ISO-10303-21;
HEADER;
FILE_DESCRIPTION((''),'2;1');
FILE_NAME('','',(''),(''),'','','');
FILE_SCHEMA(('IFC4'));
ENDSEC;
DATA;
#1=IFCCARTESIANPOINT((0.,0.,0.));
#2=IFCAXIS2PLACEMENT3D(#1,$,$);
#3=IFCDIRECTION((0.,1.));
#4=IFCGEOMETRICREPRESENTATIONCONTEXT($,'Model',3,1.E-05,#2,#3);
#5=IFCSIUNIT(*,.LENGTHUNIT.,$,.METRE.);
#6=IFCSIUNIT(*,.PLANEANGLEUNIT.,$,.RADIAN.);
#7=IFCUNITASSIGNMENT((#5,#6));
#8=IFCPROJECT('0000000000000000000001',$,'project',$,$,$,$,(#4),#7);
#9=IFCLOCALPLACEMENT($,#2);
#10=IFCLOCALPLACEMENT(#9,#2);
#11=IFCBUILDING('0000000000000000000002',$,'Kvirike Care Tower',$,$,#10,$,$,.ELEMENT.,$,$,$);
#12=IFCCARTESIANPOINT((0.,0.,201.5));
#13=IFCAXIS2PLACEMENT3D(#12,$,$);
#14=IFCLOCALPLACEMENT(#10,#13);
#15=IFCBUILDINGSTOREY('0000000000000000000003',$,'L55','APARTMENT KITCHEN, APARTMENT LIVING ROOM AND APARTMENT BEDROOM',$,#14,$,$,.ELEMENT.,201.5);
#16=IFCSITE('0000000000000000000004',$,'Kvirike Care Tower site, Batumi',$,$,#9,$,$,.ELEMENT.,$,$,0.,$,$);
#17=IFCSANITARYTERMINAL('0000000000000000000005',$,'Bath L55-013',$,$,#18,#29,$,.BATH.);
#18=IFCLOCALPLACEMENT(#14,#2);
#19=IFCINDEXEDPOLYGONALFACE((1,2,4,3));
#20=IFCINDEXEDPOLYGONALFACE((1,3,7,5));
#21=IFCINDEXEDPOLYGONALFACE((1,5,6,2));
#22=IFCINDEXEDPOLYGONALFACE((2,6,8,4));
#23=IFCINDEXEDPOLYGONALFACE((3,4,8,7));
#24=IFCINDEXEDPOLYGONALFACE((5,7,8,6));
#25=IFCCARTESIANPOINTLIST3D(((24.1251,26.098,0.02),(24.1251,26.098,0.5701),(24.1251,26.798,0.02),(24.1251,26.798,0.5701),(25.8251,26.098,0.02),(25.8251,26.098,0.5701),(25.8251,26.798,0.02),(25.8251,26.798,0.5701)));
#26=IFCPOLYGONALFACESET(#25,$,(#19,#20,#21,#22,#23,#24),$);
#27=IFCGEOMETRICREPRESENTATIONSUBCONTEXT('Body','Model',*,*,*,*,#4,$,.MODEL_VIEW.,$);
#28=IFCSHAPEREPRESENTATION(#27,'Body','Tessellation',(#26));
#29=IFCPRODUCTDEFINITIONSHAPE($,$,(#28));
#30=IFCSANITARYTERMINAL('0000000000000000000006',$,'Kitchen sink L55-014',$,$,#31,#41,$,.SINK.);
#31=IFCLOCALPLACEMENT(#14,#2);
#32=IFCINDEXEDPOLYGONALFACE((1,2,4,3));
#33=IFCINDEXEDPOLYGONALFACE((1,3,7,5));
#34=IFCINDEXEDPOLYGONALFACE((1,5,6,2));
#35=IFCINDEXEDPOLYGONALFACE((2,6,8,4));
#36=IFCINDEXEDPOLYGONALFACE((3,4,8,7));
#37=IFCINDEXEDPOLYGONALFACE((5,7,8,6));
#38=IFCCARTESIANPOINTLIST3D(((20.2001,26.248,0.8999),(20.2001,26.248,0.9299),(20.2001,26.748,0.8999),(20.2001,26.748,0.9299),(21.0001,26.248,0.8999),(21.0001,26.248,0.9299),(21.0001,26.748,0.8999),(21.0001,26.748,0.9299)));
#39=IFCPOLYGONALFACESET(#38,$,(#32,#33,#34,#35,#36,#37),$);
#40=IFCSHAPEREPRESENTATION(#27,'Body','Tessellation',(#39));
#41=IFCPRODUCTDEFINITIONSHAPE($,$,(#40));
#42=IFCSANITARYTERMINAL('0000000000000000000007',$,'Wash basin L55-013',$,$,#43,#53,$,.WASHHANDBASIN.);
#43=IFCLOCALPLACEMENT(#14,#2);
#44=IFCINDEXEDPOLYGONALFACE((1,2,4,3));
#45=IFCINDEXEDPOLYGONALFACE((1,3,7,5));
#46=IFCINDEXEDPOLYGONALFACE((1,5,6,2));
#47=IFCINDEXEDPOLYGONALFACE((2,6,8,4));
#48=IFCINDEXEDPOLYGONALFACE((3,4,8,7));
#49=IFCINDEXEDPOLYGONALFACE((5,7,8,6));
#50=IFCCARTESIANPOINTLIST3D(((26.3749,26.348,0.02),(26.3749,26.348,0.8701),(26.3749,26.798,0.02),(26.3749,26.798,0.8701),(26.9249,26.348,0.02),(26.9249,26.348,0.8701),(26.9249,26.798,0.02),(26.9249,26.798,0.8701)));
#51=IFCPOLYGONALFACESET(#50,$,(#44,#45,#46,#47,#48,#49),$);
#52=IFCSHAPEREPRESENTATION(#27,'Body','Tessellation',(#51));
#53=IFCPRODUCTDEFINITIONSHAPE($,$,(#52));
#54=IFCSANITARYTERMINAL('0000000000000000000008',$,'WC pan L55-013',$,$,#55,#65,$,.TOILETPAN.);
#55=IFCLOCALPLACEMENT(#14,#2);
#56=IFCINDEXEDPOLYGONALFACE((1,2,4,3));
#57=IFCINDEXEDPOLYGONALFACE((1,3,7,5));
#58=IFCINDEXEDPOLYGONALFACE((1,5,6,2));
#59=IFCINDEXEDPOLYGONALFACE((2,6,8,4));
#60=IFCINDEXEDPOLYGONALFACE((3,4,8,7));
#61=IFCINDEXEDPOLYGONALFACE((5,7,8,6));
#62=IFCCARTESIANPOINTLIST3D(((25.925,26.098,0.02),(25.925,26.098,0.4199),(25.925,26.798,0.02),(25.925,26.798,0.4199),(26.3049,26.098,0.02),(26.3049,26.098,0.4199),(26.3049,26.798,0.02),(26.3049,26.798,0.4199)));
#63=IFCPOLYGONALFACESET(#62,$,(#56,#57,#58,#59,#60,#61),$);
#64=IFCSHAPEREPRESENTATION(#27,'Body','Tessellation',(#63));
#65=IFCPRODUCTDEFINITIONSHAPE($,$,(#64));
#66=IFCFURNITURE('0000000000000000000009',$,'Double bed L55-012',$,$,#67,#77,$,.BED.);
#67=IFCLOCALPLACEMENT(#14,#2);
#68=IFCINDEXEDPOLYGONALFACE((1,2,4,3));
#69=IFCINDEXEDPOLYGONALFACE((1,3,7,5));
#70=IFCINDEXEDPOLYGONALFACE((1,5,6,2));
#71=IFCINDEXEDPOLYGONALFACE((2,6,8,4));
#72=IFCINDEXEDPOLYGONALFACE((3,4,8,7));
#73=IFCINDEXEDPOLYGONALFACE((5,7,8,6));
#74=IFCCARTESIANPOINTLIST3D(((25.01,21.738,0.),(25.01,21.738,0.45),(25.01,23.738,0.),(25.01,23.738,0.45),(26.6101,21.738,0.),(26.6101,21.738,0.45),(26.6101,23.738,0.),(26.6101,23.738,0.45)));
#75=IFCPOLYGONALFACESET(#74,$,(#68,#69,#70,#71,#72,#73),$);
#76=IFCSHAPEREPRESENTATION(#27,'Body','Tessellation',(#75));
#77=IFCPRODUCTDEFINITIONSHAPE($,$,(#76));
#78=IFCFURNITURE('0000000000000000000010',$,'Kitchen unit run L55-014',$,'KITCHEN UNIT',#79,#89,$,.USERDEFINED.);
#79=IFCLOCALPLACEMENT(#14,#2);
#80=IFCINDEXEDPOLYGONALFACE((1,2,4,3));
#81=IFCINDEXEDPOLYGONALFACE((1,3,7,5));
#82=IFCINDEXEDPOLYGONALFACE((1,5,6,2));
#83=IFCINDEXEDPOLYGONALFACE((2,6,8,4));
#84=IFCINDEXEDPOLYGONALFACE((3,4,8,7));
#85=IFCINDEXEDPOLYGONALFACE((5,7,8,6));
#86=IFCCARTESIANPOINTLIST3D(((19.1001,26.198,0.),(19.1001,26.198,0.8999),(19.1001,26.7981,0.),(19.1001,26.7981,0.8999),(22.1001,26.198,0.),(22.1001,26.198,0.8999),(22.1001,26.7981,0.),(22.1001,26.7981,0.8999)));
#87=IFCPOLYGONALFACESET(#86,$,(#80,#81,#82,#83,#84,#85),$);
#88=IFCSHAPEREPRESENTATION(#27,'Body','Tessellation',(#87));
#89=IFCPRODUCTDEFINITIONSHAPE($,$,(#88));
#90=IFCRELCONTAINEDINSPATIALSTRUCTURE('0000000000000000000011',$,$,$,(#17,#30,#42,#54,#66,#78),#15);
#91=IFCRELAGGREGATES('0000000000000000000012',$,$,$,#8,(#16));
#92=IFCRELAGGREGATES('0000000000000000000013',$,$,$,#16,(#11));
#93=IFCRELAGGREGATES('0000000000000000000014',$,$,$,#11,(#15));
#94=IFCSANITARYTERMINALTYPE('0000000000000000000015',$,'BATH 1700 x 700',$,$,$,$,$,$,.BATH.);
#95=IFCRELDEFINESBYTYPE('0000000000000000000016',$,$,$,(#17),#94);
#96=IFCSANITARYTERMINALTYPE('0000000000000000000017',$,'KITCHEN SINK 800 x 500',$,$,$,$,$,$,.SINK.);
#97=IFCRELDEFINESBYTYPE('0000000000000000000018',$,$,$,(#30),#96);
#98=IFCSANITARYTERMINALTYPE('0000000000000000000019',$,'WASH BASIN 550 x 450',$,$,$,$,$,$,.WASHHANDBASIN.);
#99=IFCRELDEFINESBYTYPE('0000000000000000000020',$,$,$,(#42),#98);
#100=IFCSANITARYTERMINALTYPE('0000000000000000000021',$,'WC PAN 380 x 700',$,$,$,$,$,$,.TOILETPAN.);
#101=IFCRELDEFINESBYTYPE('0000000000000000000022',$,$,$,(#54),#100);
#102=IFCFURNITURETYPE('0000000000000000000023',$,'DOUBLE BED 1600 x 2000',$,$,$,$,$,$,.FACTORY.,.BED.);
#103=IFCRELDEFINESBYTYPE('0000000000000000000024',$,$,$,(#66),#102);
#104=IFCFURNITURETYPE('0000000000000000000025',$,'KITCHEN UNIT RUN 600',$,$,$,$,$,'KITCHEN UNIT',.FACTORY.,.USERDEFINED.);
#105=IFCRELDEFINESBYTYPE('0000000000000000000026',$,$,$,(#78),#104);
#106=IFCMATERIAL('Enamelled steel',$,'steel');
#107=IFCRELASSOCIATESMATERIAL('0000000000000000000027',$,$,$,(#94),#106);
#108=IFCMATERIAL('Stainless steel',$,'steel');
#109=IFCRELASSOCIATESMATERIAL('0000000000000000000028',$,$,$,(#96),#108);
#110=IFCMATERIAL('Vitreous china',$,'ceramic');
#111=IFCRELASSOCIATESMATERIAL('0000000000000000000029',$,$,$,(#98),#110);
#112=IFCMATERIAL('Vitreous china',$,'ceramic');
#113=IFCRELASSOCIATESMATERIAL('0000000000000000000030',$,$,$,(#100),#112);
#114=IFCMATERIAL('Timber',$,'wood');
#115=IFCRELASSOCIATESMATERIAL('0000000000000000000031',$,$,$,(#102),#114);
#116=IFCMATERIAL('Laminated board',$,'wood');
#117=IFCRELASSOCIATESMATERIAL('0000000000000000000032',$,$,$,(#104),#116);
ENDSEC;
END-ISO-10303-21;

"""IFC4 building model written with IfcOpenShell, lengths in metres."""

from ifc_helpers import new_model, si_unit, direction, frame, origin, origin_2d, place, context, subcontext, project, spatial, rectangle, extrude, material, type_object, element, save


model = new_model("IFC4")

# Units and contexts
model_context = context("Model", 3, precision=1e-05, world=origin(), true_north=direction((0.0, 1.0)))
body_context = subcontext(model_context, "Body", "Model", "MODEL_VIEW")
ifc_project = project(units=[si_unit("LENGTHUNIT", "METRE"), si_unit("PLANEANGLEUNIT", "RADIAN")], contexts=[model_context])

# Site, building, storey
site_placement = place(None, origin())
site = spatial("IfcSite", under=ifc_project, at=site_placement, Name="Kvirike Care Tower site, Batumi", CompositionType="ELEMENT", RefElevation=0.0)
building_placement = place(site_placement, origin())
building = spatial("IfcBuilding", under=site, at=building_placement, Name="Kvirike Care Tower", CompositionType="ELEMENT")
storey_placement = place(building_placement, frame((0.0, 0.0, 201.5)))
storey = spatial("IfcBuildingStorey", under=building, at=storey_placement, Name="L55", Description="APARTMENT KITCHEN, APARTMENT LIVING ROOM AND APARTMENT BEDROOM", CompositionType="ELEMENT", Elevation=201.5)

# Sanitary terminals
ifc_material_1 = material(Name="Enamelled steel", Category="steel")
sanitary_terminal_type_1 = type_object("IfcSanitaryTerminalType", Name="BATH 1700 x 700", PredefinedType="BATH", material=ifc_material_1)
sanitary_terminal_1_placement = place(storey_placement, frame((24.9751, 26.448, 0.02), z_axis=(0.0, 0.0, 1.0), x_axis=(1.0, 0.0, 0.0)))
element("IfcSanitaryTerminal", 1, at=sanitary_terminal_1_placement, inside=storey, type_object=sanitary_terminal_type_1, Name="Bath L55-013", PredefinedType="BATH", context=body_context, shape_type="SweptSolid", body=[
    extrude(rectangle(XDim=1.7, YDim=0.7, at=origin_2d()), origin(), (0.0, 0.0, 1.0), 0.55),
])
ifc_material_2 = material(Name="Stainless steel", Category="steel")
sanitary_terminal_type_2 = type_object("IfcSanitaryTerminalType", Name="KITCHEN SINK 800 x 500", PredefinedType="SINK", material=ifc_material_2)
sanitary_terminal_2_placement = place(storey_placement, frame((20.6001, 26.498, 0.8999), z_axis=(0.0, 0.0, 1.0), x_axis=(1.0, 0.0, 0.0)))
element("IfcSanitaryTerminal", 2, at=sanitary_terminal_2_placement, inside=storey, type_object=sanitary_terminal_type_2, Name="Kitchen sink L55-014", PredefinedType="SINK", context=body_context, shape_type="SweptSolid", body=[
    extrude(rectangle(XDim=0.8, YDim=0.5, at=origin_2d()), origin(), (0.0, 0.0, 1.0), 0.03),
])
ifc_material_3 = material(Name="Vitreous china", Category="ceramic")
sanitary_terminal_type_3 = type_object("IfcSanitaryTerminalType", Name="WASH BASIN 550 x 450", PredefinedType="WASHHANDBASIN", material=ifc_material_3)
sanitary_terminal_3_placement = place(storey_placement, frame((26.6499, 26.573, 0.02), z_axis=(0.0, 0.0, 1.0), x_axis=(1.0, 0.0, 0.0)))
element("IfcSanitaryTerminal", 3, at=sanitary_terminal_3_placement, inside=storey, type_object=sanitary_terminal_type_3, Name="Wash basin L55-013", PredefinedType="WASHHANDBASIN", context=body_context, shape_type="SweptSolid", body=[
    extrude(rectangle(XDim=0.55, YDim=0.45, at=origin_2d()), origin(), (0.0, 0.0, 1.0), 0.8501),
])
ifc_material_4 = material(Name="Vitreous china", Category="ceramic")
sanitary_terminal_type_4 = type_object("IfcSanitaryTerminalType", Name="WC PAN 380 x 700", PredefinedType="TOILETPAN", material=ifc_material_4)
sanitary_terminal_4_placement = place(storey_placement, frame((26.115, 26.448, 0.02), z_axis=(0.0, 0.0, 1.0), x_axis=(1.0, 0.0, 0.0)))
element("IfcSanitaryTerminal", 4, at=sanitary_terminal_4_placement, inside=storey, type_object=sanitary_terminal_type_4, Name="WC pan L55-013", PredefinedType="TOILETPAN", context=body_context, shape_type="SweptSolid", body=[
    extrude(rectangle(XDim=0.3799, YDim=0.7, at=origin_2d()), origin(), (0.0, 0.0, 1.0), 0.3999),
])

# Furniture
ifc_material_5 = material(Name="Timber", Category="wood")
furniture_type_1 = type_object("IfcFurnitureType", Name="DOUBLE BED 1600 x 2000", AssemblyPlace="FACTORY", PredefinedType="BED", material=ifc_material_5)
furniture_1_placement = place(storey_placement, frame((25.8101, 22.738, 0.0), z_axis=(0.0, 0.0, 1.0), x_axis=(1.0, 0.0, 0.0)))
element("IfcFurniture", 5, at=furniture_1_placement, inside=storey, type_object=furniture_type_1, Name="Double bed L55-012", PredefinedType="BED", context=body_context, shape_type="SweptSolid", body=[
    extrude(rectangle(XDim=1.6001, YDim=2.0, at=origin_2d()), origin(), (0.0, 0.0, 1.0), 0.45),
])
ifc_material_6 = material(Name="Laminated board", Category="wood")
furniture_type_2 = type_object("IfcFurnitureType", Name="KITCHEN UNIT RUN 600", ElementType="KITCHEN UNIT", AssemblyPlace="FACTORY", PredefinedType="USERDEFINED", material=ifc_material_6)
furniture_2_placement = place(storey_placement, frame((20.6001, 26.498, 0.0), z_axis=(0.0, 0.0, 1.0), x_axis=(1.0, 0.0, 0.0)))
element("IfcFurniture", 6, at=furniture_2_placement, inside=storey, type_object=furniture_type_2, Name="Kitchen unit run L55-014", ObjectType="KITCHEN UNIT", PredefinedType="USERDEFINED", context=body_context, shape_type="SweptSolid", body=[
    extrude(rectangle(XDim=3.0, YDim=0.6001, at=origin_2d()), origin(), (0.0, 0.0, 1.0), 0.8999),
])

save(model, "model.ifc")
